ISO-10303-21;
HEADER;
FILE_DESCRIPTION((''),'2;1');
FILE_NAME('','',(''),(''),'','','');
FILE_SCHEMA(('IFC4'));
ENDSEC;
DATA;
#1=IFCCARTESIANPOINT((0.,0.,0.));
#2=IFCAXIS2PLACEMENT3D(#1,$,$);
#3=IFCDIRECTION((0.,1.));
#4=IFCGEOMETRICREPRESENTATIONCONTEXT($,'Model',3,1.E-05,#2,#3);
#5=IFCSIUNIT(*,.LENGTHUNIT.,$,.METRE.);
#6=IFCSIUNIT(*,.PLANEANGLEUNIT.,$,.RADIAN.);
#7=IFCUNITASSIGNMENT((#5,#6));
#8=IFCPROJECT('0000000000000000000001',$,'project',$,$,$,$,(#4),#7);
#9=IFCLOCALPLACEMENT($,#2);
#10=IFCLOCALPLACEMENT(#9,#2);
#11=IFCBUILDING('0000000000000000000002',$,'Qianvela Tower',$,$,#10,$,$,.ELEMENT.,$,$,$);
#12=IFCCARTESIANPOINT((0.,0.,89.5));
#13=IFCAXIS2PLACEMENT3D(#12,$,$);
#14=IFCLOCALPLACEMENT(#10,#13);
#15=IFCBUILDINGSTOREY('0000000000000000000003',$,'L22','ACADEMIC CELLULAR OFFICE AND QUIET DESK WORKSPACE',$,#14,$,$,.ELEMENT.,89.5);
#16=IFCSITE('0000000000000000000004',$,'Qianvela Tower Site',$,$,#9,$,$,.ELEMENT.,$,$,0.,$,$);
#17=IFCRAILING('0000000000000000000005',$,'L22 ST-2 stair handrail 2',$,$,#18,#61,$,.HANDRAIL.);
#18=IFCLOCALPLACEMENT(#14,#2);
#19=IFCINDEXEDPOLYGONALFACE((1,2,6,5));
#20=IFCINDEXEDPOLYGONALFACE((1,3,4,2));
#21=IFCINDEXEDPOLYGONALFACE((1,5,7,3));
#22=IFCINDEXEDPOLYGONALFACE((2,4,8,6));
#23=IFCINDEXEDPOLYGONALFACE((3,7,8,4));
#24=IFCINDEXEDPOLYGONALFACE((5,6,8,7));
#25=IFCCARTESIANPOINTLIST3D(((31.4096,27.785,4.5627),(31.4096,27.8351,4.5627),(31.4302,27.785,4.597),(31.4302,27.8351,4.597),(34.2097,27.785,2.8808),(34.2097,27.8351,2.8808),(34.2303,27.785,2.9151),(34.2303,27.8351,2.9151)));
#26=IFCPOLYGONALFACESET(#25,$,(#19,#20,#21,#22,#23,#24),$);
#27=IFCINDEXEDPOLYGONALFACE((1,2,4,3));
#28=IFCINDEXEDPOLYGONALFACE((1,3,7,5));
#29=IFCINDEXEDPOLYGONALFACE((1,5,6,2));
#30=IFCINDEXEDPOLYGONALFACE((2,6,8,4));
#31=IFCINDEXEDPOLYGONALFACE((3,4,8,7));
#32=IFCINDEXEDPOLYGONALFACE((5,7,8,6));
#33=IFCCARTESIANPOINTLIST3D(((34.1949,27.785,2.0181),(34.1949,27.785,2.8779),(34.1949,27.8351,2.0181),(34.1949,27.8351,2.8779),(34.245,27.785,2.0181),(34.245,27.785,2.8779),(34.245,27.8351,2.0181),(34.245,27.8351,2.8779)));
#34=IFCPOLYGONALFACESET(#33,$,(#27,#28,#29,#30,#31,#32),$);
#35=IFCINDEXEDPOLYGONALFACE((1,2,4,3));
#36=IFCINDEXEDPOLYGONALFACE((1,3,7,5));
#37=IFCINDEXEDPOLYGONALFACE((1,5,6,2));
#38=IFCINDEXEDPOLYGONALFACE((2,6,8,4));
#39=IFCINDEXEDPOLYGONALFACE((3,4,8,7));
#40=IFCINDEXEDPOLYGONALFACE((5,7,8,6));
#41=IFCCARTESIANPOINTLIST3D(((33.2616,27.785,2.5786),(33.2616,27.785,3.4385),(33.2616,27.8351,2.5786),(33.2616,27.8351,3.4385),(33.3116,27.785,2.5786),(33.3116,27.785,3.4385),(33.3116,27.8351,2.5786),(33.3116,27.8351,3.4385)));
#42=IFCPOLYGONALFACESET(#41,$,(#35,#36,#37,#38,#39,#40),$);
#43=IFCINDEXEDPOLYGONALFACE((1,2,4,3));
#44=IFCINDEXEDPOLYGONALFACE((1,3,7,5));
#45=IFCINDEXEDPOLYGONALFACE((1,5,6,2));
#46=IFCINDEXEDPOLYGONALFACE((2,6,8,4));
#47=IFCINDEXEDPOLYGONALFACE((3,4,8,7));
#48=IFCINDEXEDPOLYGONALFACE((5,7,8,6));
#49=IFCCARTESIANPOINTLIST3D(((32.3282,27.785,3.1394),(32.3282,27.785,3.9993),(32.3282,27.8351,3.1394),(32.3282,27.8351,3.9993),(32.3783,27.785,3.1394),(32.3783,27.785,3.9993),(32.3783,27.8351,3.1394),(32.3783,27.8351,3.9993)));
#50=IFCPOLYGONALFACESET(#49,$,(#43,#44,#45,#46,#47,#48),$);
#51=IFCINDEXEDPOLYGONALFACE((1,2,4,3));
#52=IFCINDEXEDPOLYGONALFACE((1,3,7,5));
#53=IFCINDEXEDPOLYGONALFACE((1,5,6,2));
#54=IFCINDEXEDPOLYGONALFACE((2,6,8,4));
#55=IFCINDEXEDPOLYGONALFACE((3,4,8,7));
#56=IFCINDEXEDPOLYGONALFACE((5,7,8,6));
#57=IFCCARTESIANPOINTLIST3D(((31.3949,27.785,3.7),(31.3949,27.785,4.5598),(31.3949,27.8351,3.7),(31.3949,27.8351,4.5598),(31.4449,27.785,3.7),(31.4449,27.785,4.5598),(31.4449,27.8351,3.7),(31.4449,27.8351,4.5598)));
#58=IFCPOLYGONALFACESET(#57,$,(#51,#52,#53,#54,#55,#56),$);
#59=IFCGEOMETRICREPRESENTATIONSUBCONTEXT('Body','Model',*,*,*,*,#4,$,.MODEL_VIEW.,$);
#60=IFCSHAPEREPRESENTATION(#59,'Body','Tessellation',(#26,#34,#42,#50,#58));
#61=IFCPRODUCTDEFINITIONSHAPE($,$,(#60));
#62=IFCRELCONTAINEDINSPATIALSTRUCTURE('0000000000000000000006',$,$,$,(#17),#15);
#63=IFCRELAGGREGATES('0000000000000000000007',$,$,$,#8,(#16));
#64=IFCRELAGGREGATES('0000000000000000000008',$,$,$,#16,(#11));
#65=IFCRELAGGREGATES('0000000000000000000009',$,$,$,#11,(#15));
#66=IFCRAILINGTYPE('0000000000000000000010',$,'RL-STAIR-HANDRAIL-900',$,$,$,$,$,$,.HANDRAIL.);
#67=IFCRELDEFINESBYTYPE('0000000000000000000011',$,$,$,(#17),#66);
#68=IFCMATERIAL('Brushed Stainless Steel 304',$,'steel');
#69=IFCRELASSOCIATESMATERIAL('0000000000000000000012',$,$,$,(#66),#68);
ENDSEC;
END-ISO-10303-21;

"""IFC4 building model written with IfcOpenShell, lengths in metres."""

from ifc_helpers import new_model, si_unit, direction, frame, origin, origin_2d, place, context, subcontext, project, spatial, rectangle, extrude, material, type_object, element, save


model = new_model("IFC4")

# Units and contexts
model_context = context("Model", 3, precision=1e-05, world=origin(), true_north=direction((0.0, 1.0)))
body_context = subcontext(model_context, "Body", "Model", "MODEL_VIEW")
ifc_project = project(units=[si_unit("LENGTHUNIT", "METRE"), si_unit("PLANEANGLEUNIT", "RADIAN")], contexts=[model_context])

# Site, building, storey
site_placement = place(None, origin())
site = spatial("IfcSite", under=ifc_project, at=site_placement, Name="Qianvela Tower Site", CompositionType="ELEMENT", RefElevation=0.0)
building_placement = place(site_placement, origin())
building = spatial("IfcBuilding", under=site, at=building_placement, Name="Qianvela Tower", CompositionType="ELEMENT")
storey_placement = place(building_placement, frame((0.0, 0.0, 89.5)))
storey = spatial("IfcBuildingStorey", under=building, at=storey_placement, Name="L22", Description="ACADEMIC CELLULAR OFFICE AND QUIET DESK WORKSPACE", CompositionType="ELEMENT", Elevation=89.5)

# Railing
ifc_material_1 = material(Name="Brushed Stainless Steel 304", Category="steel")
railing_type_1 = type_object("IfcRailingType", Name="RL-STAIR-HANDRAIL-900", PredefinedType="HANDRAIL", material=ifc_material_1)
railing_1_placement = place(storey_placement, frame((34.22, 27.8101, 2.0181)))
element("IfcRailing", 1, at=railing_1_placement, inside=storey, type_object=railing_type_1, Name="L22 ST-2 stair handrail 2", PredefinedType="HANDRAIL", context=body_context, shape_type="SweptSolid", body=[
    extrude(rectangle(XDim=0.05, YDim=0.04, at=origin_2d()), frame((0.0, 0.0, 0.8799), z_axis=(-0.857242, 0.0, 0.514913), x_axis=(0.0, -1.0, 0.0)), (0.0, 0.0, 1.0), 3.2664),
    extrude(rectangle(XDim=0.05, YDim=0.05, at=origin_2d()), origin(), (0.0, 0.0, 1.0), 0.8599),
    extrude(rectangle(XDim=0.05, YDim=0.05, at=origin_2d()), frame((-0.9333, 0.0, 0.5605)), (0.0, 0.0, 1.0), 0.8599),
    extrude(rectangle(XDim=0.05, YDim=0.05, at=origin_2d()), frame((-1.8667, 0.0, 1.1213)), (0.0, 0.0, 1.0), 0.8599),
    extrude(rectangle(XDim=0.05, YDim=0.05, at=origin_2d()), frame((-2.8, 0.0, 1.6819)), (0.0, 0.0, 1.0), 0.8599),
])

save(model, "model.ifc")
